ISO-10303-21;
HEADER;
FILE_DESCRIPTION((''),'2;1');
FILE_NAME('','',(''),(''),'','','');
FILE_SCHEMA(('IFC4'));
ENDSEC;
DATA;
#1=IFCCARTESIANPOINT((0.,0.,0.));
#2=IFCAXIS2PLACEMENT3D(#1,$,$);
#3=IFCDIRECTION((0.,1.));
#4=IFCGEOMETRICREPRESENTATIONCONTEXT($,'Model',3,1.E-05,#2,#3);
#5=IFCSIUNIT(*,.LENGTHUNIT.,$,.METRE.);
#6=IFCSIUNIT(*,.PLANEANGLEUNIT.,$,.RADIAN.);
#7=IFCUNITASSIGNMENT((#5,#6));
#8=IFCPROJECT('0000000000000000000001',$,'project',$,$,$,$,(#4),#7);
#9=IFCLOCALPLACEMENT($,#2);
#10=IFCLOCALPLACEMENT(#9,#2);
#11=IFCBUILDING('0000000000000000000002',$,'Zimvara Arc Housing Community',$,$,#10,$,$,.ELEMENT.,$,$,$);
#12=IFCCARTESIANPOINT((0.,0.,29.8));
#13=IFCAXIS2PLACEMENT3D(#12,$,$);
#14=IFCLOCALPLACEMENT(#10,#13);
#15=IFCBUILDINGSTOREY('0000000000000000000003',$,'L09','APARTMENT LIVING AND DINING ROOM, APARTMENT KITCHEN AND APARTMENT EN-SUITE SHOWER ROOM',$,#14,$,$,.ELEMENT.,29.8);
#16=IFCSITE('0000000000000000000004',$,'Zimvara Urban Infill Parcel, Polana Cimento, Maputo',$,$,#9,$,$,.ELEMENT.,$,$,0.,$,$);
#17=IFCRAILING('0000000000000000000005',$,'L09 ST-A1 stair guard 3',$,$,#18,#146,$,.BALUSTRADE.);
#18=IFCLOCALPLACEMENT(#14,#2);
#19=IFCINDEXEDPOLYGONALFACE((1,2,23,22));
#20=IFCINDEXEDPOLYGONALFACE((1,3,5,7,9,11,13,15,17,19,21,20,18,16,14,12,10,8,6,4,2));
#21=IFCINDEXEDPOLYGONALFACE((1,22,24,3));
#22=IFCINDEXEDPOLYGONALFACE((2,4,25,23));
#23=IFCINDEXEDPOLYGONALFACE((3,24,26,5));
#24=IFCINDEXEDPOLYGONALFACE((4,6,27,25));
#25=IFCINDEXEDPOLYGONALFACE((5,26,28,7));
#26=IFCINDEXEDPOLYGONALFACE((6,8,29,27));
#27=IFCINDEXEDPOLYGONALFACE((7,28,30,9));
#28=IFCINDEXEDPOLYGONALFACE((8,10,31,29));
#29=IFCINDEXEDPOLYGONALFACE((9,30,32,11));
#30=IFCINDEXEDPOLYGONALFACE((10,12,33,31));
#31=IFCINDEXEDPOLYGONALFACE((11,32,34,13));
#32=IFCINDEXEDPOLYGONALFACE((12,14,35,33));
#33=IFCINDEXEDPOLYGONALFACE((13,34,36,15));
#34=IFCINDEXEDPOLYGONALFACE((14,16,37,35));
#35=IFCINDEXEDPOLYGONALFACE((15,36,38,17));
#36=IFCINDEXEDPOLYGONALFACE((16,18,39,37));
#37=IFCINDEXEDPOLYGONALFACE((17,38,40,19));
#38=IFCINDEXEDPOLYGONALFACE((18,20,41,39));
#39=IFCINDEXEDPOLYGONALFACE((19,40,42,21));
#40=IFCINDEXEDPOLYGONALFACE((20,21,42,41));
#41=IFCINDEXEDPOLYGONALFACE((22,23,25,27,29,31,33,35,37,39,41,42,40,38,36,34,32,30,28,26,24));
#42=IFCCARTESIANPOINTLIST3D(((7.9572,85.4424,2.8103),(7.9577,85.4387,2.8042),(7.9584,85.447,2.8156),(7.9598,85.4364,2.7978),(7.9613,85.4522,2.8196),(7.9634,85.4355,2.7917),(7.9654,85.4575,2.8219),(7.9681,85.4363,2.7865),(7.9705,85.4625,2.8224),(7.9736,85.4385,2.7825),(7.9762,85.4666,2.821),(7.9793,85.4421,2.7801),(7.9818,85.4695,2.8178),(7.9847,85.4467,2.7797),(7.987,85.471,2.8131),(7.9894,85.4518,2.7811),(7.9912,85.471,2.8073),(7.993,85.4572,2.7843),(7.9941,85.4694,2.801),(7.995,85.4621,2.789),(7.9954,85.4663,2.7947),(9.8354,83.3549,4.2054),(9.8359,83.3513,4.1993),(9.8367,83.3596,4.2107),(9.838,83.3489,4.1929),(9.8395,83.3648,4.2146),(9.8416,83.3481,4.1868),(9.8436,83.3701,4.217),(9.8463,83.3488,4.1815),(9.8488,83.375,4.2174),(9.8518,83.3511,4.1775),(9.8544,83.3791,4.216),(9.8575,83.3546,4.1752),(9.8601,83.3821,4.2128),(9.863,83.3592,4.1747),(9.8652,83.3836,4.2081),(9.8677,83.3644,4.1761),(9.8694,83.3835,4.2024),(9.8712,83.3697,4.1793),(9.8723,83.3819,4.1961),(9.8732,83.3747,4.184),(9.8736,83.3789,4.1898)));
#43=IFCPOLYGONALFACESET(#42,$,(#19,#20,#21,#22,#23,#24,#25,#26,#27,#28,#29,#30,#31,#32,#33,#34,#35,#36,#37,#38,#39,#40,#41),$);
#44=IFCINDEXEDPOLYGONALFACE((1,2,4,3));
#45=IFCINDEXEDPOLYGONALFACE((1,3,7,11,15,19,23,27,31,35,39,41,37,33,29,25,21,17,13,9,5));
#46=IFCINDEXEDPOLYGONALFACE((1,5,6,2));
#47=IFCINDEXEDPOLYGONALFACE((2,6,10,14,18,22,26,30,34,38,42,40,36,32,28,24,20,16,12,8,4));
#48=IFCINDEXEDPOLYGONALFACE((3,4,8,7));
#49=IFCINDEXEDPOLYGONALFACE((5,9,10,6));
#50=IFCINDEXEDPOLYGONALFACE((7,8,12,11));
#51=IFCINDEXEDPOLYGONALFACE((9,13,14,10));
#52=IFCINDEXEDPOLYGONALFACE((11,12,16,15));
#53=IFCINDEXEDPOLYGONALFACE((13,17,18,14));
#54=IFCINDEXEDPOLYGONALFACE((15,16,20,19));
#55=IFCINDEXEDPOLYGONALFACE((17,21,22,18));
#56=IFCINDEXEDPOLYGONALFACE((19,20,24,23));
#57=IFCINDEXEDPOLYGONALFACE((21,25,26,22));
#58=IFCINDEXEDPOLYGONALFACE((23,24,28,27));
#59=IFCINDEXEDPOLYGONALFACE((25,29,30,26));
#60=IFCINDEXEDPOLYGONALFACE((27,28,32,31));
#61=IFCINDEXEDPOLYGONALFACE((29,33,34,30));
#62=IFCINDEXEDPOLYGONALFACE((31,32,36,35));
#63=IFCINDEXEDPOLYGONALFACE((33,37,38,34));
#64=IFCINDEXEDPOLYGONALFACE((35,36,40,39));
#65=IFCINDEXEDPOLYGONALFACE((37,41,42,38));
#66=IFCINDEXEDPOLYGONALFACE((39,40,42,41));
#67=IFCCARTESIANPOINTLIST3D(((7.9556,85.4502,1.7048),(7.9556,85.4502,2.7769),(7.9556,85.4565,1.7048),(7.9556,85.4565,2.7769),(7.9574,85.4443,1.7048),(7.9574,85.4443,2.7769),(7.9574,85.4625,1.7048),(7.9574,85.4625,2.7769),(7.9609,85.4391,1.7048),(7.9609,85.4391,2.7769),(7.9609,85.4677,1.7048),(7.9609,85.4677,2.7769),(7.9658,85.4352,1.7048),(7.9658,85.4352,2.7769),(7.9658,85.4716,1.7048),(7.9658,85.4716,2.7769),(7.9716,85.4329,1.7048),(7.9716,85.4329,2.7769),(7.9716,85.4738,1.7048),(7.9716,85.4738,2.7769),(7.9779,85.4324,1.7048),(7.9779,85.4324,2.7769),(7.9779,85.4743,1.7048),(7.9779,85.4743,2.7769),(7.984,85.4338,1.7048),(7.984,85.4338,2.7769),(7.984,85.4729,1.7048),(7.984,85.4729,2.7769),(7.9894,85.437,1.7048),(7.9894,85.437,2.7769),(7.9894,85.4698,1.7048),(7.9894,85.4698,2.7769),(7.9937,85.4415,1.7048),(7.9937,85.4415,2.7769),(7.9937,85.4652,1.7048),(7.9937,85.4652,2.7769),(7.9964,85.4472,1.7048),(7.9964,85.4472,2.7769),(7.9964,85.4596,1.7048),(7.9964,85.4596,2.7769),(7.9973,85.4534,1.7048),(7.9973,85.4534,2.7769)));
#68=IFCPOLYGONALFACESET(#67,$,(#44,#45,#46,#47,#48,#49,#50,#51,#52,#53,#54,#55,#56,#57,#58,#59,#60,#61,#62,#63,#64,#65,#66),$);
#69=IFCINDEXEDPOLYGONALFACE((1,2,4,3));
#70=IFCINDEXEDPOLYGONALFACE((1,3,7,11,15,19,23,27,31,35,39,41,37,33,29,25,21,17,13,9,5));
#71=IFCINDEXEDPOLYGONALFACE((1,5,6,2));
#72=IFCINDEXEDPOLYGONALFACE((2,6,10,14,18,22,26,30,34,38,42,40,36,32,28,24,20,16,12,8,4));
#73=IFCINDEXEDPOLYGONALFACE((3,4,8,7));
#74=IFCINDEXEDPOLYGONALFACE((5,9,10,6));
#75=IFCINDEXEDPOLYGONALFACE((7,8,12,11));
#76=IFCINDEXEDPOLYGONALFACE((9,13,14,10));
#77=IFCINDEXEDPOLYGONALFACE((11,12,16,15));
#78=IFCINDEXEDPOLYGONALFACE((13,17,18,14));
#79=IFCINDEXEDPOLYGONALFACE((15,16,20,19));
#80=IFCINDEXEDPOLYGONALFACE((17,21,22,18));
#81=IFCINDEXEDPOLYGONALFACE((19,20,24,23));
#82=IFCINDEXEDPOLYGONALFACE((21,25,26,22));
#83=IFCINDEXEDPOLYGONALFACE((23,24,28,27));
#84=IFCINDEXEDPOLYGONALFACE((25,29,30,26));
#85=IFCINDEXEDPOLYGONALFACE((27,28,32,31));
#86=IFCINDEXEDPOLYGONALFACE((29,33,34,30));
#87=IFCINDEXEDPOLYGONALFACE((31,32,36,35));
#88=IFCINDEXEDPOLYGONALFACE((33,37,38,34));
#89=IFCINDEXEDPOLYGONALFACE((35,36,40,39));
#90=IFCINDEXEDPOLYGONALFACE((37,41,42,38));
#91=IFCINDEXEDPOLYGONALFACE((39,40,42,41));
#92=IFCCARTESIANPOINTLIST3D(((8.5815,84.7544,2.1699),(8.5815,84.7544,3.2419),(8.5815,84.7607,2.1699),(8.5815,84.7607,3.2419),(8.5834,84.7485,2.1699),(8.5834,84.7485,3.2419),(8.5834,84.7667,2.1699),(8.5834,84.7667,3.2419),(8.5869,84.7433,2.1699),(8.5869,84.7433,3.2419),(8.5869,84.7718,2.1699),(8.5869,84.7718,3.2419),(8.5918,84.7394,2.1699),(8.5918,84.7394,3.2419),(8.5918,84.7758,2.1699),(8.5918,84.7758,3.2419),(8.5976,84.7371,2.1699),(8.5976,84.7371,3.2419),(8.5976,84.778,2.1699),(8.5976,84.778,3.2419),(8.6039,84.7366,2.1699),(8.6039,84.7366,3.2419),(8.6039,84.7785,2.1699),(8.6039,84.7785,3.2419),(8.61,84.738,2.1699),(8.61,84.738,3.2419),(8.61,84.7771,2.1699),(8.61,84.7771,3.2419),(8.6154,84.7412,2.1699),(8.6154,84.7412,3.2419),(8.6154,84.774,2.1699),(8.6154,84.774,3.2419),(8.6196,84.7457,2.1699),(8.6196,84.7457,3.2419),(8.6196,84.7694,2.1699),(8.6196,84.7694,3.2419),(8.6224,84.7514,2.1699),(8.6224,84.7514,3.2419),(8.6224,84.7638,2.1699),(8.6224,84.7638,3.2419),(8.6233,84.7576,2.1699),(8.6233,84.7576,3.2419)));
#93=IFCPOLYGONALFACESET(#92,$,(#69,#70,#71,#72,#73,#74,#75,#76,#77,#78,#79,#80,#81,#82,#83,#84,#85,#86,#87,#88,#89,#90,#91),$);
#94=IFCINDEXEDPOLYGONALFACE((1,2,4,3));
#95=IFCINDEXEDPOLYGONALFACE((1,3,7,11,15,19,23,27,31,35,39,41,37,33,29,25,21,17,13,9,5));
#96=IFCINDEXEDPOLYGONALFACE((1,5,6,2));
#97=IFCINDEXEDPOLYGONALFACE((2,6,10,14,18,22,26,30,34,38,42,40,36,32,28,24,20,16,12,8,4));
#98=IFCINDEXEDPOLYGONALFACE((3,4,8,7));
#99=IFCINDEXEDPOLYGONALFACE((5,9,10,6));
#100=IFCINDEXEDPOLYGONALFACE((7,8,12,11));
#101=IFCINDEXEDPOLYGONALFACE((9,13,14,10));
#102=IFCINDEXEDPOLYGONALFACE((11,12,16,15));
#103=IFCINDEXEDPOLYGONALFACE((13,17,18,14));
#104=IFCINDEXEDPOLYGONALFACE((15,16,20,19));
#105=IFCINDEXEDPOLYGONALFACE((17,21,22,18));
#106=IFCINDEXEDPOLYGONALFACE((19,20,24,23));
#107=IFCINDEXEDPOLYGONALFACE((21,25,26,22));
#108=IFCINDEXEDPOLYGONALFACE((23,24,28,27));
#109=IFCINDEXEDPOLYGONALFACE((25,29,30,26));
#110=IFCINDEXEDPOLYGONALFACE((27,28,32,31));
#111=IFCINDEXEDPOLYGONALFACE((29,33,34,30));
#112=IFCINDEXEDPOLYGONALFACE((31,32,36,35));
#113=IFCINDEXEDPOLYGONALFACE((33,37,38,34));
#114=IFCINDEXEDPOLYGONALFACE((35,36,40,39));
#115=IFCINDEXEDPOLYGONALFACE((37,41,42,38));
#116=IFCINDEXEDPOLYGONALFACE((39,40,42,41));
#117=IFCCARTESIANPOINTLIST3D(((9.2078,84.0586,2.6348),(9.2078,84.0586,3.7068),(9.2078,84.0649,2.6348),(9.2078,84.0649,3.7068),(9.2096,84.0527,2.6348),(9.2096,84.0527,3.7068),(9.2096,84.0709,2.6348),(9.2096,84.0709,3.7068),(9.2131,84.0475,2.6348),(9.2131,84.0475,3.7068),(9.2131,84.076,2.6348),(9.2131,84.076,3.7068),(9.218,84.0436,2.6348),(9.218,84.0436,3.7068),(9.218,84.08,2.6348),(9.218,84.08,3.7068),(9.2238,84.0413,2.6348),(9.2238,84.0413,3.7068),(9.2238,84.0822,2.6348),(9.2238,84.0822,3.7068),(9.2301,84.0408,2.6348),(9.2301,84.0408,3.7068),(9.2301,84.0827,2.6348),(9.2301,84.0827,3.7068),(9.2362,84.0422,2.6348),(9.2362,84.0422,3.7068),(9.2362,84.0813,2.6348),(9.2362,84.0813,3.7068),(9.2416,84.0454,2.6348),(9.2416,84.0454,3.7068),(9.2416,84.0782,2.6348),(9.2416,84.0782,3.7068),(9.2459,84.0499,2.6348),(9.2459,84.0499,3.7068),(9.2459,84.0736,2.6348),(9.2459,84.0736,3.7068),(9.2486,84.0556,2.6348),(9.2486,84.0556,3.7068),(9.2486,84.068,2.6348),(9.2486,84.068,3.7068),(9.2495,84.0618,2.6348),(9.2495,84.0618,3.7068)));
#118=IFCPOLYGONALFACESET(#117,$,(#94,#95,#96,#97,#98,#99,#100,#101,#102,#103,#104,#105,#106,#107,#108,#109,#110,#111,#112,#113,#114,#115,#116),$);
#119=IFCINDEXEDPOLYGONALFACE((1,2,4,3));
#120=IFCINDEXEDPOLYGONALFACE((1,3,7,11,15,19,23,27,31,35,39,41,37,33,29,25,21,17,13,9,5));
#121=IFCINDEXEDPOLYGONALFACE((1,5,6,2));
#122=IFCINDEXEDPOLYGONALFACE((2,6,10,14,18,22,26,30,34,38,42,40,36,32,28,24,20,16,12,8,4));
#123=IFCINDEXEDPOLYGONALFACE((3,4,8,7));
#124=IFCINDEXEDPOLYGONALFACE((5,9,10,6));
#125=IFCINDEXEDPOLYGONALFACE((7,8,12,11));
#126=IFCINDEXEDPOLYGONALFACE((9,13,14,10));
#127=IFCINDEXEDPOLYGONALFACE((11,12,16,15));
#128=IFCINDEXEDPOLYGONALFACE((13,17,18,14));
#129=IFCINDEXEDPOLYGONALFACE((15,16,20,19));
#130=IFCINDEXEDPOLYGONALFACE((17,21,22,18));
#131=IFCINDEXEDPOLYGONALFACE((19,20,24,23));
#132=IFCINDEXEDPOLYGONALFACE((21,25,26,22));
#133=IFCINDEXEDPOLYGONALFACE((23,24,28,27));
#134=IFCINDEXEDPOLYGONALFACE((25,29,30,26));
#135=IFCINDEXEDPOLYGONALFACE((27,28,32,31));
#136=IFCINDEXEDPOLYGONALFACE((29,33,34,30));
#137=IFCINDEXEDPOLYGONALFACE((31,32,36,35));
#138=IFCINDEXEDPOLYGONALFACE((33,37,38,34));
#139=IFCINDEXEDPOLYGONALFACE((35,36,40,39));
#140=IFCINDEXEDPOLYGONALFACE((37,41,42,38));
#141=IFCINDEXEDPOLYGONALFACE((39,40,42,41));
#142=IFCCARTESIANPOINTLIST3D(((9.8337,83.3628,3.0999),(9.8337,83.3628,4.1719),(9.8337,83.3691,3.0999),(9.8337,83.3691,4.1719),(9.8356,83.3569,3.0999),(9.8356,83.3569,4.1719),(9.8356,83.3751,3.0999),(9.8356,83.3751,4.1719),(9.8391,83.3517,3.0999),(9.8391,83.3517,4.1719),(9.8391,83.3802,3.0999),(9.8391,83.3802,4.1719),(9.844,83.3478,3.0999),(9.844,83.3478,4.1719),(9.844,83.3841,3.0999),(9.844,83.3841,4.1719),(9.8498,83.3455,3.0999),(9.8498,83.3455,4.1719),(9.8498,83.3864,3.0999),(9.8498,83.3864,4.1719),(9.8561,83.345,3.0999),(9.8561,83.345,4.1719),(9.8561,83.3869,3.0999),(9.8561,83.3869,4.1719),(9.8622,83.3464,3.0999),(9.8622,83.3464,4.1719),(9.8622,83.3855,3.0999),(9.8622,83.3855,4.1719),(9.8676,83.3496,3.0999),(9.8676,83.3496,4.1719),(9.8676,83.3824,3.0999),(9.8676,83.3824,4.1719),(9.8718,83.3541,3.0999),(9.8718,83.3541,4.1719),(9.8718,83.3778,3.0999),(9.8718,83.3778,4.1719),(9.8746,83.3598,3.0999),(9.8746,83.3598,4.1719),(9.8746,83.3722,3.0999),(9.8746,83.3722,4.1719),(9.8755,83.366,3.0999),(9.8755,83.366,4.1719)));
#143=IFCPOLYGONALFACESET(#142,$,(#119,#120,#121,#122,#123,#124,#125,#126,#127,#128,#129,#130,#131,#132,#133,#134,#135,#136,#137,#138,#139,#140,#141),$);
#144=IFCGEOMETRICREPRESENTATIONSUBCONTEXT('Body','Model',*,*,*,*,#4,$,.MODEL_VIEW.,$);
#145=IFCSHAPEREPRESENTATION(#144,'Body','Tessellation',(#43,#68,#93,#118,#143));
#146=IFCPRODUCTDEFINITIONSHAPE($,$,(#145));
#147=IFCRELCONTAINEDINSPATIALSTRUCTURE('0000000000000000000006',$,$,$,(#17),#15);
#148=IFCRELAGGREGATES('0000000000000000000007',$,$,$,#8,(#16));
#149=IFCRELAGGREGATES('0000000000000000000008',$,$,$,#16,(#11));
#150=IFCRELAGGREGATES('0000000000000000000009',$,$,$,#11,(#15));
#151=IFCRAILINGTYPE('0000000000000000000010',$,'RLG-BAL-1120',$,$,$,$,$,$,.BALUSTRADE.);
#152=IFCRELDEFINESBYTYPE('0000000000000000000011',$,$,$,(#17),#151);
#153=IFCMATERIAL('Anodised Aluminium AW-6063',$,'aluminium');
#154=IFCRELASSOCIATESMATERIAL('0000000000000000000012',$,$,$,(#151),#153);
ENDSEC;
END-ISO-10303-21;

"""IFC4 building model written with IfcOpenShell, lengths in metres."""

from ifc_helpers import new_model, si_unit, direction, frame, origin, origin_2d, place, context, subcontext, project, spatial, circle, extrude, material, type_object, element, save


model = new_model("IFC4")

# Units and contexts
model_context = context("Model", 3, precision=1e-05, world=origin(), true_north=direction((0.0, 1.0)))
body_context = subcontext(model_context, "Body", "Model", "MODEL_VIEW")
ifc_project = project(units=[si_unit("LENGTHUNIT", "METRE"), si_unit("PLANEANGLEUNIT", "RADIAN")], contexts=[model_context])

# Site, building, storey
site_placement = place(None, origin())
site = spatial("IfcSite", under=ifc_project, at=site_placement, Name="Zimvara Urban Infill Parcel, Polana Cimento, Maputo", CompositionType="ELEMENT", RefElevation=0.0)
building_placement = place(site_placement, origin())
building = spatial("IfcBuilding", under=site, at=building_placement, Name="Zimvara Arc Housing Community", CompositionType="ELEMENT")
storey_placement = place(building_placement, frame((0.0, 0.0, 29.8)))
storey = spatial("IfcBuildingStorey", under=building, at=storey_placement, Name="L09", Description="APARTMENT LIVING AND DINING ROOM, APARTMENT KITCHEN AND APARTMENT EN-SUITE SHOWER ROOM", CompositionType="ELEMENT", Elevation=29.8)

# Railing
ifc_material_1 = material(Name="Anodised Aluminium AW-6063", Category="aluminium")
railing_type_1 = type_object("IfcRailingType", Name="RLG-BAL-1120", PredefinedType="BALUSTRADE", material=ifc_material_1)
railing_1_placement = place(storey_placement, frame((7.9763, 85.4534, 1.7048)))
element("IfcRailing", 1, at=railing_1_placement, inside=storey, type_object=railing_type_1, Name="L09 ST-A1 stair guard 3", PredefinedType="BALUSTRADE", context=body_context, shape_type="SweptSolid", body=[
    extrude(circle(Radius=0.0239, at=origin_2d()), frame((0.0, 0.0, 1.0962), z_axis=(0.599018, -0.665749, 0.444923), x_axis=(0.743381, 0.668869, 0.0)), (0.0, 0.0, 1.0), 3.1355),
    extrude(circle(Radius=0.021, at=origin_2d()), origin(), (0.0, 0.0, 1.0), 1.072),
    extrude(circle(Radius=0.021, at=origin_2d()), frame((0.626, -0.6958, 0.4651)), (0.0, 0.0, 1.0), 1.072),
    extrude(circle(Radius=0.021, at=origin_2d()), frame((1.2522, -1.3916, 0.9299)), (0.0, 0.0, 1.0), 1.072),
    extrude(circle(Radius=0.021, at=origin_2d()), frame((1.8782, -2.0874, 1.395)), (0.0, 0.0, 1.0), 1.072),
])

save(model, "model.ifc")
